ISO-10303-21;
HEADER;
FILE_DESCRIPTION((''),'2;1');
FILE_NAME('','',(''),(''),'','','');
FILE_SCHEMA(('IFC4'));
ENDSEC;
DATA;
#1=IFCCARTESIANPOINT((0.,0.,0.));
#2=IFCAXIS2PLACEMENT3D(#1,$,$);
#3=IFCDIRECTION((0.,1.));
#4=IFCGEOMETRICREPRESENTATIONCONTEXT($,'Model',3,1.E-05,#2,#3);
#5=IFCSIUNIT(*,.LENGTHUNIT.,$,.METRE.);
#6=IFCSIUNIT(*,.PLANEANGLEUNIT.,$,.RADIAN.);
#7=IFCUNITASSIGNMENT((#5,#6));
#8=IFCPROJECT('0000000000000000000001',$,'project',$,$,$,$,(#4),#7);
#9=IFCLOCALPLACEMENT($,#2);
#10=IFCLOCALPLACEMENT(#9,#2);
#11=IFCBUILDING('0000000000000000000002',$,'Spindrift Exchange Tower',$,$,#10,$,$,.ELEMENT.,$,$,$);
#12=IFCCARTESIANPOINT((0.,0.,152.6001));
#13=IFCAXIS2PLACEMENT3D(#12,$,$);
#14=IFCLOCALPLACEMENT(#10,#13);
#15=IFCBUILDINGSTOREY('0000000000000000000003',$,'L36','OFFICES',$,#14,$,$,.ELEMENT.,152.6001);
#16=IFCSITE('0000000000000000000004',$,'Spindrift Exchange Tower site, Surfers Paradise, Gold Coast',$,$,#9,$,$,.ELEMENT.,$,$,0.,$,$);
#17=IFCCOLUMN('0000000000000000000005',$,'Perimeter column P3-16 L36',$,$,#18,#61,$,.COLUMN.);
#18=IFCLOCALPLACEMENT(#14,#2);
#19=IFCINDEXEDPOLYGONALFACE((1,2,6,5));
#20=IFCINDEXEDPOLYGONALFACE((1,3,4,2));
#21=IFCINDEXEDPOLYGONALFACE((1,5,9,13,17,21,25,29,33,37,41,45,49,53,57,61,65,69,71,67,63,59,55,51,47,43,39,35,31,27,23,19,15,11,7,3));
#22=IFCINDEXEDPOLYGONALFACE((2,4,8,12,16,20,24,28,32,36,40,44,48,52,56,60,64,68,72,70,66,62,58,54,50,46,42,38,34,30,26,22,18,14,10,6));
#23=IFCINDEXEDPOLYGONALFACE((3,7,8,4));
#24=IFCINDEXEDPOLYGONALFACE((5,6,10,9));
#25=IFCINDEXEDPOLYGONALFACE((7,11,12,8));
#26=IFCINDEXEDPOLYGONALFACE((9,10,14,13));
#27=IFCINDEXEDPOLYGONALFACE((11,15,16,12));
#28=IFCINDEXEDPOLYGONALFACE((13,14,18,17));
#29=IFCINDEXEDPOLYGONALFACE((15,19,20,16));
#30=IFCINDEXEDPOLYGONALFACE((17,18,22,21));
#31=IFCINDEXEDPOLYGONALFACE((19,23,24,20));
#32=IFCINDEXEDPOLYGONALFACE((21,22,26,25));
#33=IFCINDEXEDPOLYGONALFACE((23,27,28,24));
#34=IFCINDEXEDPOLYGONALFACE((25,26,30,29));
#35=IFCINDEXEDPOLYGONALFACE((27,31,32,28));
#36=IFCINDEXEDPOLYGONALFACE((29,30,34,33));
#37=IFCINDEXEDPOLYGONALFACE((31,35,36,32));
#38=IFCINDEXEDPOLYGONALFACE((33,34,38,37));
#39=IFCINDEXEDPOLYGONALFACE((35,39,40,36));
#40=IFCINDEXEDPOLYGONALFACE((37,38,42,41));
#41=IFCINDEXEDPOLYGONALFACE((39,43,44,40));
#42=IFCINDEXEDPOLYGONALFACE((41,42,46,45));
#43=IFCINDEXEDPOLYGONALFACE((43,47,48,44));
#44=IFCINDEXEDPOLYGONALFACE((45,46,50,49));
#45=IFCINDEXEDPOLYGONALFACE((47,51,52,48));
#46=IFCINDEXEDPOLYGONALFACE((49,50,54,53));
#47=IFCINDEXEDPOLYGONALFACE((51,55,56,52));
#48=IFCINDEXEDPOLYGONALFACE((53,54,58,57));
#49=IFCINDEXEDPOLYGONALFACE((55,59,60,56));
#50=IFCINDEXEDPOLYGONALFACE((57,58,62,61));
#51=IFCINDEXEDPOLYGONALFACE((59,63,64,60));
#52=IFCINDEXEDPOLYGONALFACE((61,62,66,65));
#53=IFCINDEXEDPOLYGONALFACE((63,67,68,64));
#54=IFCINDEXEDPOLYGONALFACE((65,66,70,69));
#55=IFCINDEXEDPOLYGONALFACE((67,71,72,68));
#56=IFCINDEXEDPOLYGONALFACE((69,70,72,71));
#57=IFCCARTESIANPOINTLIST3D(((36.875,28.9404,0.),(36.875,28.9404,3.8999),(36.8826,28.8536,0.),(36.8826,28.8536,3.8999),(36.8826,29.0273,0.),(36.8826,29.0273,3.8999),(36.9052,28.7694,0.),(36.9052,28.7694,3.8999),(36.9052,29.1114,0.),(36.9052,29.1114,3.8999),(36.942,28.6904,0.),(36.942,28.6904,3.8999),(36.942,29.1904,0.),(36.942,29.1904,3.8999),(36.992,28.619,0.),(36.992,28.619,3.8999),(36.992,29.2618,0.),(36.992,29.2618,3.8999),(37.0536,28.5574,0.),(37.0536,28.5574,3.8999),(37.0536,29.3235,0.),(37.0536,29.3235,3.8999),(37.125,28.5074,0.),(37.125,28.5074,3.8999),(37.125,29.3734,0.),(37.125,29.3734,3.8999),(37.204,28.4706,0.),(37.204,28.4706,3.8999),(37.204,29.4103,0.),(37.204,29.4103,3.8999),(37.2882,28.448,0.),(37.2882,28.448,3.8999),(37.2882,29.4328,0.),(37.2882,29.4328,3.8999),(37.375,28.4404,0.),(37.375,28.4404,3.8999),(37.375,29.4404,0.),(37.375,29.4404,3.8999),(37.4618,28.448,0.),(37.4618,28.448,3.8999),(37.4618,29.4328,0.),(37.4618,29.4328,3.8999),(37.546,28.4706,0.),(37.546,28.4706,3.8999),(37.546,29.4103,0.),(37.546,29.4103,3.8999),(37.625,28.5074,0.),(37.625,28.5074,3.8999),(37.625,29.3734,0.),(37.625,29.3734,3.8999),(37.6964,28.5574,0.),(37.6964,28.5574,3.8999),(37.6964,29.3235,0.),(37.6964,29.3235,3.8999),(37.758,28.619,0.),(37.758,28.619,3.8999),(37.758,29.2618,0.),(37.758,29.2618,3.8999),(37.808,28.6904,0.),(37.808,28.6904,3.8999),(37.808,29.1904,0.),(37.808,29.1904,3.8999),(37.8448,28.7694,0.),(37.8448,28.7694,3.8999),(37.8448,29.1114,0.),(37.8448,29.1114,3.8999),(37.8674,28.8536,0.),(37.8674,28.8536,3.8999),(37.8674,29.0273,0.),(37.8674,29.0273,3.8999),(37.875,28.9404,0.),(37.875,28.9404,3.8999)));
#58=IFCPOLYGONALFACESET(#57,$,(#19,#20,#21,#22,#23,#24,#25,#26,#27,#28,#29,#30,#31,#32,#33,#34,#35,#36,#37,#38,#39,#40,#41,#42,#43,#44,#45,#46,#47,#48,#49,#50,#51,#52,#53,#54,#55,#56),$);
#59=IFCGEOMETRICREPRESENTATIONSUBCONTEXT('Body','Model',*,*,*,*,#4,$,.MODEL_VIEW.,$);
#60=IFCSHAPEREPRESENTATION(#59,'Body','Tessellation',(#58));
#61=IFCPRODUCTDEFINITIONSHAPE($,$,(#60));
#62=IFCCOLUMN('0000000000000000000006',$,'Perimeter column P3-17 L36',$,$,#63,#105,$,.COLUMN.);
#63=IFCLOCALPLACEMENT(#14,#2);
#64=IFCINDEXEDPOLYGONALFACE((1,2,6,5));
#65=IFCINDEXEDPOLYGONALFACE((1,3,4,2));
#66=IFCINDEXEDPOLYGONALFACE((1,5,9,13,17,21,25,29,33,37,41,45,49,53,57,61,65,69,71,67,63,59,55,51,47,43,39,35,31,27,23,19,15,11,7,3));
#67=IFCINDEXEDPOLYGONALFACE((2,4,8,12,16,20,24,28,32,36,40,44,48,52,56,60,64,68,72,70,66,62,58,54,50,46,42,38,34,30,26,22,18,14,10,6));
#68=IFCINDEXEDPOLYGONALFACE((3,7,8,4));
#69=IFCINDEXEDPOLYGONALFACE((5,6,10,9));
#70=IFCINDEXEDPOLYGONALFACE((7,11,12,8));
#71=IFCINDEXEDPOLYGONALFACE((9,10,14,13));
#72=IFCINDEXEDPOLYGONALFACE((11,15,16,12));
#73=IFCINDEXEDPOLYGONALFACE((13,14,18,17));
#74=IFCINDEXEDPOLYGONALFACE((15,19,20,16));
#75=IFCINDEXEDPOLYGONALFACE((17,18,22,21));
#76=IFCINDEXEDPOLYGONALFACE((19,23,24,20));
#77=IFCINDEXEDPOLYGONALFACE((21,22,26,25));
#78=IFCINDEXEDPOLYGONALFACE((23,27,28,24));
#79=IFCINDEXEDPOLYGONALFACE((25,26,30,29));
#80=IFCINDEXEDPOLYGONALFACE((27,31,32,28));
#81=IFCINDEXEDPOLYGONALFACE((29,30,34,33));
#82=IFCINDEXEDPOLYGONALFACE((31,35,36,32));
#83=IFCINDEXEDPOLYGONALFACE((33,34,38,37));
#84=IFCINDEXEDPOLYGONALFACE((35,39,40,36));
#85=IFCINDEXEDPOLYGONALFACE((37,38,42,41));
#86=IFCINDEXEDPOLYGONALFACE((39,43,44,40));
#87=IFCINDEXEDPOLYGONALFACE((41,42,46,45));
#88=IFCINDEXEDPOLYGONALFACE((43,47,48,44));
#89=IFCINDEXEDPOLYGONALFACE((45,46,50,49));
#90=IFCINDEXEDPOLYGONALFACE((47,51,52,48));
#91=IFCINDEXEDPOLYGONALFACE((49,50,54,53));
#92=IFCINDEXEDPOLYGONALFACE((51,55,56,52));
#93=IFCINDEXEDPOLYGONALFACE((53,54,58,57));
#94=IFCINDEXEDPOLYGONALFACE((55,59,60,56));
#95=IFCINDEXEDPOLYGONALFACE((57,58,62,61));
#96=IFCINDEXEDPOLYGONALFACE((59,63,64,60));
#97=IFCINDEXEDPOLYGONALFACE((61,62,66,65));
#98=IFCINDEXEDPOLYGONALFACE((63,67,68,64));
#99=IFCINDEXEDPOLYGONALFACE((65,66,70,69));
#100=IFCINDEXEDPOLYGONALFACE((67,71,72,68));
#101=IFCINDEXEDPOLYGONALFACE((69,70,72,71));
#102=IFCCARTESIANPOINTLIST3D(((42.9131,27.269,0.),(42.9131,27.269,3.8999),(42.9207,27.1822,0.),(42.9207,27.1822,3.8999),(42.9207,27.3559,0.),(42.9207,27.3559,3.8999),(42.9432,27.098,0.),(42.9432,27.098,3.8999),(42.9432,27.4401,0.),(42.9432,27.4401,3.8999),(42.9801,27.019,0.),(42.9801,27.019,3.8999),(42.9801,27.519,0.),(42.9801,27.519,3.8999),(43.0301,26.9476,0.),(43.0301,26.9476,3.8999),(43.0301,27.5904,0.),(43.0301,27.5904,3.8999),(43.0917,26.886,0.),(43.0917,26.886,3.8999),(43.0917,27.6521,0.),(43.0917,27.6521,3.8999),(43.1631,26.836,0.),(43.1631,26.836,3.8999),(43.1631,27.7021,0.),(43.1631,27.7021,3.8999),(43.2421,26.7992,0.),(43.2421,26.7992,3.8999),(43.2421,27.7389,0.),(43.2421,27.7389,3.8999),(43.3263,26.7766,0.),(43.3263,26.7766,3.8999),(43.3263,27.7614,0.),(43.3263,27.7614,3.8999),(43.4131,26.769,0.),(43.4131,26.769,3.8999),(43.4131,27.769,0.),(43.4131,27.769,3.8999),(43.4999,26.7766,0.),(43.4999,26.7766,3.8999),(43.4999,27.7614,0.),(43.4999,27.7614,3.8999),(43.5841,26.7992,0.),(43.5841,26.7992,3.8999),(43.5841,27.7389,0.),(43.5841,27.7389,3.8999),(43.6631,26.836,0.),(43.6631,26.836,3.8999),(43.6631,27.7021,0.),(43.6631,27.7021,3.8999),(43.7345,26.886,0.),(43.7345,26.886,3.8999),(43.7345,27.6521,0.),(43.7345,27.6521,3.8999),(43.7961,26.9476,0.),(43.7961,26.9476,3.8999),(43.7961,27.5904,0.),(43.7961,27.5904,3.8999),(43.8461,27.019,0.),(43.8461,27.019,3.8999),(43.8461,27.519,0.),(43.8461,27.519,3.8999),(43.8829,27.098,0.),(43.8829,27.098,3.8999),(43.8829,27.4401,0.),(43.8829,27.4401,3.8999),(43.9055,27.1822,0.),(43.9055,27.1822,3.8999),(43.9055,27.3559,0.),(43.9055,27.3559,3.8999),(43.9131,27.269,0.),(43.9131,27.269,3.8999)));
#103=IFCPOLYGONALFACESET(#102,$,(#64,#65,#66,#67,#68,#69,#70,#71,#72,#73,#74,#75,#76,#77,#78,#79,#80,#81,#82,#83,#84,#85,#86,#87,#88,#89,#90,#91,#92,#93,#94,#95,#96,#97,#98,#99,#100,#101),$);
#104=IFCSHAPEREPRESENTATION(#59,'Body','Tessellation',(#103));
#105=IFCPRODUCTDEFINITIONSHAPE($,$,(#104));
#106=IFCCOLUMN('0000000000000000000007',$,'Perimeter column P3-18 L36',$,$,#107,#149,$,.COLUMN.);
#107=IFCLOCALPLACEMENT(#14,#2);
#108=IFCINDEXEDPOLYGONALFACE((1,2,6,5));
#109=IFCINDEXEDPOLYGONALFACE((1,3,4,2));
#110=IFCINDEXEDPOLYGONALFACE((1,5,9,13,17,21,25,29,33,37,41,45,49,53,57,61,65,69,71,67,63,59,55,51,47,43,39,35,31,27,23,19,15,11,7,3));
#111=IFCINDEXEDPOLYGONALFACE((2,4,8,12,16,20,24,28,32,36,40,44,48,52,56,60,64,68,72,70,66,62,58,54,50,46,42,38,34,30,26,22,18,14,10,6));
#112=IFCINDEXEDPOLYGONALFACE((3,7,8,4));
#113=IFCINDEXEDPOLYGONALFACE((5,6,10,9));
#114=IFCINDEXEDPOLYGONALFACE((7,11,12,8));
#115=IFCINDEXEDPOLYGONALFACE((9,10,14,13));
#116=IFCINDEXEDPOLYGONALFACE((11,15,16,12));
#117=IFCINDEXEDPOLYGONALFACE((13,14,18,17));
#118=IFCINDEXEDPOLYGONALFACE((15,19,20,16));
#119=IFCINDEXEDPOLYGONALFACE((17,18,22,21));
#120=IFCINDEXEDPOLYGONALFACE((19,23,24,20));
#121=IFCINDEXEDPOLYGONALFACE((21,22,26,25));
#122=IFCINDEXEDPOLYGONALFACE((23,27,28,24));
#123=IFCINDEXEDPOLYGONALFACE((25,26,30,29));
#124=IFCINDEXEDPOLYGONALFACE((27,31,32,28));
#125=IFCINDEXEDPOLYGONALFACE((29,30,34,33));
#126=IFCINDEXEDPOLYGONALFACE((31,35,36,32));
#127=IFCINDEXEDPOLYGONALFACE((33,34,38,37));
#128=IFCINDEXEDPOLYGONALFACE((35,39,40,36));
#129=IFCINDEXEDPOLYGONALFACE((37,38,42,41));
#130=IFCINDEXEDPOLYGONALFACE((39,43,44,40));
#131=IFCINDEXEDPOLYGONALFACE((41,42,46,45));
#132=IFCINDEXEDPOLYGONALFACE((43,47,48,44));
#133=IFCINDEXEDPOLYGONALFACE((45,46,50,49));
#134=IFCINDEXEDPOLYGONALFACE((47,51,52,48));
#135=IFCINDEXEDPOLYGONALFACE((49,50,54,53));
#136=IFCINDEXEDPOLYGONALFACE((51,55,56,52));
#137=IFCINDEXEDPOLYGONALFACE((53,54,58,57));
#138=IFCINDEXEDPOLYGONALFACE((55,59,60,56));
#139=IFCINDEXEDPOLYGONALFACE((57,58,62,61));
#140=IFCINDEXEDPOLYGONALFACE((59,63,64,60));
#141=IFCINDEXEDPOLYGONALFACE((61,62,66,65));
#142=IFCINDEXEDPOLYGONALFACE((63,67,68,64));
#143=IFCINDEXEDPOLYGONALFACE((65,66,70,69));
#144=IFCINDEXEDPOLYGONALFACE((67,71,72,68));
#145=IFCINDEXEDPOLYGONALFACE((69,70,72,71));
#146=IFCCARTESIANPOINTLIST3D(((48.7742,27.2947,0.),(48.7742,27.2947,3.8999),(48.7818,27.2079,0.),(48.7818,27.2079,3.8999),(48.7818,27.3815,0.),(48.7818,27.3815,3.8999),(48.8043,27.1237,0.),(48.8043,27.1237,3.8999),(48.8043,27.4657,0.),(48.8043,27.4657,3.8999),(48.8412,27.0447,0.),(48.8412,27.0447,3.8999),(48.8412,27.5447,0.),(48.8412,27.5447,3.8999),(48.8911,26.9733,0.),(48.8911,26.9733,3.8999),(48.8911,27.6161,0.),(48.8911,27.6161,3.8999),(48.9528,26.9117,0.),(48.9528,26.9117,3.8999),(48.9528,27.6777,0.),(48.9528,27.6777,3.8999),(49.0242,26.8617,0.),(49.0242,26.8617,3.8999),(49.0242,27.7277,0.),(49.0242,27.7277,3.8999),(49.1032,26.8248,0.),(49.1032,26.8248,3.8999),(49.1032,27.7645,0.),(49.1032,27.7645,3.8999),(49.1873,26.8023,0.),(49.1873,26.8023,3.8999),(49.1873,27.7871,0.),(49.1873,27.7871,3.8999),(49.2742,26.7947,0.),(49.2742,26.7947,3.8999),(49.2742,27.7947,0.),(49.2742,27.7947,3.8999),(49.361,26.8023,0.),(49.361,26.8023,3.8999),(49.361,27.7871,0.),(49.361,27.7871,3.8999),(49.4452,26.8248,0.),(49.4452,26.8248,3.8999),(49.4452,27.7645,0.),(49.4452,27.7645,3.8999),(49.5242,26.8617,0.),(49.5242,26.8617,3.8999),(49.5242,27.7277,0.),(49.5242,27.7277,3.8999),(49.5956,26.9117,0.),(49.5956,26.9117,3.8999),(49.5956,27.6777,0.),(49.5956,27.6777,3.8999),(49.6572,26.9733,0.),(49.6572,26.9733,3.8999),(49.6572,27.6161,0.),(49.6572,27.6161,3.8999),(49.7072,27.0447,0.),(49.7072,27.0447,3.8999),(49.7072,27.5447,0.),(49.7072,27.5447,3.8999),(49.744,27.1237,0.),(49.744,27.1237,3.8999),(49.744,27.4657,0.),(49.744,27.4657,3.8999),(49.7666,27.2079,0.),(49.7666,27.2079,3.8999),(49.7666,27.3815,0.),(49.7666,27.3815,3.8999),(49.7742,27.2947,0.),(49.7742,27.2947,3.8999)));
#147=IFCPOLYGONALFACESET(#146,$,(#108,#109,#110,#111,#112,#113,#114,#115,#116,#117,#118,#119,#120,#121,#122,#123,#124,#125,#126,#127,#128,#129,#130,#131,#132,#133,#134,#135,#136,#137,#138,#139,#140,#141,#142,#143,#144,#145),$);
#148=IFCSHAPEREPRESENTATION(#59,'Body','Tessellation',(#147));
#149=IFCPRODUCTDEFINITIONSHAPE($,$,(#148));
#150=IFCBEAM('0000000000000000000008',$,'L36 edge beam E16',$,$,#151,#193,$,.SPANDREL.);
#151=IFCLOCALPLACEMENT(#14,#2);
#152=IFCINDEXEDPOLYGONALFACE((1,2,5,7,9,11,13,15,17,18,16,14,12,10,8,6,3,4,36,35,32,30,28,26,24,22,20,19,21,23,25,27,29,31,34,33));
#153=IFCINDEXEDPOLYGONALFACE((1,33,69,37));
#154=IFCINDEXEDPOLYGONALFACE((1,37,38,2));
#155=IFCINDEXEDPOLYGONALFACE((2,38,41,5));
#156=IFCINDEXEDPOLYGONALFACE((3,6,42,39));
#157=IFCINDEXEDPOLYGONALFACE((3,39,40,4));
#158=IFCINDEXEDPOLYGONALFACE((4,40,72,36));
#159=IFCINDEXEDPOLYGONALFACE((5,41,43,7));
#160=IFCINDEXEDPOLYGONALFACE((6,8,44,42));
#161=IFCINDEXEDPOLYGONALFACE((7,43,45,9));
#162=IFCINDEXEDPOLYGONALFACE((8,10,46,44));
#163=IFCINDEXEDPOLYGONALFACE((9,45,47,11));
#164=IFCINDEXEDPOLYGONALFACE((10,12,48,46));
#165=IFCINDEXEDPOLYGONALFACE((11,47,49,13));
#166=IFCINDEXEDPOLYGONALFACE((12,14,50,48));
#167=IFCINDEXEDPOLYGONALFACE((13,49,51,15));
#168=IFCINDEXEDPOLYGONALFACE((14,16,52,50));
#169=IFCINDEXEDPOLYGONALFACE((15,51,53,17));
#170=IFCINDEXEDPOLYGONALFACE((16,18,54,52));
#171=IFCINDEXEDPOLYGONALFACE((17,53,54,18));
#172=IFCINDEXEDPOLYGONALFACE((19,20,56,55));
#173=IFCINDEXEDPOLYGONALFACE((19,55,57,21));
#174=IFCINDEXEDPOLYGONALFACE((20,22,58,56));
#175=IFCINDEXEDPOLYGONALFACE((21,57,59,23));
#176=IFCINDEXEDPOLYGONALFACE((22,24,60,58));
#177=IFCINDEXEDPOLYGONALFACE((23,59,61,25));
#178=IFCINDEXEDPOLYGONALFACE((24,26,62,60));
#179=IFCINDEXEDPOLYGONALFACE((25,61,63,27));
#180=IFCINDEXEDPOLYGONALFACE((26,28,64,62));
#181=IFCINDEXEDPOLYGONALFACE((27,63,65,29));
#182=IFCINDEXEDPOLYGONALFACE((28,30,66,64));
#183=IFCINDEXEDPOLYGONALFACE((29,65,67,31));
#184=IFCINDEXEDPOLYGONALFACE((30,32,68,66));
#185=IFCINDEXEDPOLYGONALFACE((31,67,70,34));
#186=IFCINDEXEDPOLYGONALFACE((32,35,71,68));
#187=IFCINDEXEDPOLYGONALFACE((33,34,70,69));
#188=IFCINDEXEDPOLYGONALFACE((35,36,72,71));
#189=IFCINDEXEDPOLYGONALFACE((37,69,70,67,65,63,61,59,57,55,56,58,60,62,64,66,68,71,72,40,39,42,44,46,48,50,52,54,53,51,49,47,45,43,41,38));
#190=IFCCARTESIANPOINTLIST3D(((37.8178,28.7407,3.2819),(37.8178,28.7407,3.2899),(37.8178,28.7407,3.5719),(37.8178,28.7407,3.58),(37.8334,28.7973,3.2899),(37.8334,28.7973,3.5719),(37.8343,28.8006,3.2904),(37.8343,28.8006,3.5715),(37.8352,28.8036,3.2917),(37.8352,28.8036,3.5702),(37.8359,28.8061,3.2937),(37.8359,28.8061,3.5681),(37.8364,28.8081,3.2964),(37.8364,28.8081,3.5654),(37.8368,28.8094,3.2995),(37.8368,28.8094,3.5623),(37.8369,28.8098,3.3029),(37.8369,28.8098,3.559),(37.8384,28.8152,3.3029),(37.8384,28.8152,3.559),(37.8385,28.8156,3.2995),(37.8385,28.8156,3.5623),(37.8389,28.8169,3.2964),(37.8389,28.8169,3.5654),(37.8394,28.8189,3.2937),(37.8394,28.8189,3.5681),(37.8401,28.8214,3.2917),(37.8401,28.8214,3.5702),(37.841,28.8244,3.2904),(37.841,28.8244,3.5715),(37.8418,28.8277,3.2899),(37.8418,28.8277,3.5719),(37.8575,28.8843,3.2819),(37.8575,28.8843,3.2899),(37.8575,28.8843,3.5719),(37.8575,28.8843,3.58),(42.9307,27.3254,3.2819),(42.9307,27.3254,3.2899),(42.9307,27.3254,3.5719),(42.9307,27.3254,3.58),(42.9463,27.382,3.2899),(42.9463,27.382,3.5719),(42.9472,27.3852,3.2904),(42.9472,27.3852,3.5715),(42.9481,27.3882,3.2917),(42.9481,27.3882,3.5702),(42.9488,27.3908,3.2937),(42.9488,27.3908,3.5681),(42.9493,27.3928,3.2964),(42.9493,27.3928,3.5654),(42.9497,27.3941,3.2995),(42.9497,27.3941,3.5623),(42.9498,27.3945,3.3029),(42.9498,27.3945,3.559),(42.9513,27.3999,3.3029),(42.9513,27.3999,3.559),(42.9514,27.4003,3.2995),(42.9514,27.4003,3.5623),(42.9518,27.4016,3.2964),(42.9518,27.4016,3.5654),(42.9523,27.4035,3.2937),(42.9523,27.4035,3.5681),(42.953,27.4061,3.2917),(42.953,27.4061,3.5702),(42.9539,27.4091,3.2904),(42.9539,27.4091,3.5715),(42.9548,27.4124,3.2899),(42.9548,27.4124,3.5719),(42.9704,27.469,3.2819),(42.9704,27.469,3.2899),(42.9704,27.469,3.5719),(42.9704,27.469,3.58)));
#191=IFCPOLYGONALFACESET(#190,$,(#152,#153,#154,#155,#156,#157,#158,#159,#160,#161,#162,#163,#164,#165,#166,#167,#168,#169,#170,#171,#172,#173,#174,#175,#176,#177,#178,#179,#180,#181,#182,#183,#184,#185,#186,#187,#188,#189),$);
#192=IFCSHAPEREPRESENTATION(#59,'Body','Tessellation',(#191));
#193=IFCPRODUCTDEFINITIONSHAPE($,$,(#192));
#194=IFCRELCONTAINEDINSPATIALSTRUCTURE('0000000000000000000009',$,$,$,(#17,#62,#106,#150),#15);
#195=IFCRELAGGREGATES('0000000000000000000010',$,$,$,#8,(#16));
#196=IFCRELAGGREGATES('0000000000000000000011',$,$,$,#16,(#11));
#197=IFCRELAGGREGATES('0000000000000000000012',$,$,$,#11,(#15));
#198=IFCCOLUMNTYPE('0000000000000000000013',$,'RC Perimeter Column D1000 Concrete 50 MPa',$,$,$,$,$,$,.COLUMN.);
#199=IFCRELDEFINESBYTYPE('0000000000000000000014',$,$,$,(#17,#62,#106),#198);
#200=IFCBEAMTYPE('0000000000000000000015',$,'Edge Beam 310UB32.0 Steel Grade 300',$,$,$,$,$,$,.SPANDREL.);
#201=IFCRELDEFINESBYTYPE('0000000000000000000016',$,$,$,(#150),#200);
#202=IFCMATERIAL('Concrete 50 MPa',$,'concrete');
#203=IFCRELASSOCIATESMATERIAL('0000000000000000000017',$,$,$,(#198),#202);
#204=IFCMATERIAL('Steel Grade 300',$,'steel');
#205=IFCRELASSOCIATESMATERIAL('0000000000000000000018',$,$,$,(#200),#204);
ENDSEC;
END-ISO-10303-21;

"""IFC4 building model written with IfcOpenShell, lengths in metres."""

from ifc_helpers import new_model, si_unit, direction, frame, origin, origin_2d, place, context, subcontext, project, spatial, circle, i_section, extrude, source, transform, mapped, material, material_profile, profile_set, type_object, element, save


model = new_model("IFC4")

# Units and contexts
model_context = context("Model", 3, precision=1e-05, world=origin(), true_north=direction((0.0, 1.0)))
body_context = subcontext(model_context, "Body", "Model", "MODEL_VIEW")
ifc_project = project(units=[si_unit("LENGTHUNIT", "METRE"), si_unit("PLANEANGLEUNIT", "RADIAN")], contexts=[model_context])

# Site, building, storey
site_placement = place(None, origin())
site = spatial("IfcSite", under=ifc_project, at=site_placement, Name="Spindrift Exchange Tower site, Surfers Paradise, Gold Coast", CompositionType="ELEMENT", RefElevation=0.0)
building_placement = place(site_placement, origin())
building = spatial("IfcBuilding", under=site, at=building_placement, Name="Spindrift Exchange Tower", CompositionType="ELEMENT")
storey_placement = place(building_placement, frame((0.0, 0.0, 152.6001)))
storey = spatial("IfcBuildingStorey", under=building, at=storey_placement, Name="L36", Description="OFFICES", CompositionType="ELEMENT", Elevation=152.6001)

# Columns
ifc_material_1 = material(Name="Concrete 50 MPa", Category="concrete")
ifc_material_profile_1 = material_profile(ifc_material_1, circle(Radius=0.5, at=origin_2d()), Name="RC D1000")
ifc_profile_set_1 = profile_set([ifc_material_profile_1], Name="Concrete 50 MPa")
column_type = type_object("IfcColumnType", Name="RC Perimeter Column D1000 Concrete 50 MPa", PredefinedType="COLUMN", material=ifc_profile_set_1)
shared_shape_1 = source(origin(), body_context, "Body", "SweptSolid", [
    extrude(circle(Radius=0.5, at=origin_2d()), origin(), (0.0, 0.0, 1.0), 3.8999),
])
for number, where, z_axis, x_axis, name in (
    (1, (37.375, 28.9404, 0.0), (0.0, 0.0, 1.0), (1.0, 0.0, 0.0), "Perimeter column P3-16 L36"),
    (2, (43.4131, 27.269, 0.0), (0.0, 0.0, 1.0), (1.0, 0.0, 0.0), "Perimeter column P3-17 L36"),
    (3, (49.2742, 27.2947, 0.0), (0.0, 0.0, 1.0), (1.0, 0.0, 0.0), "Perimeter column P3-18 L36"),
):
    element("IfcColumn", number, at=place(storey_placement, frame(where, z_axis=z_axis, x_axis=x_axis)), inside=storey, type_object=column_type, Name=name, PredefinedType="COLUMN", context=body_context, shape_type="MappedRepresentation", body=[
        mapped(shared_shape_1, transform((0.0, 0.0, 0.0), scale=1.0)),
    ])

# Beam
ifc_material_2 = material(Name="Steel Grade 300", Category="steel")
ifc_material_profile_2 = material_profile(ifc_material_2, i_section(OverallWidth=0.1489, OverallDepth=0.2981, WebThickness=0.0056, FlangeThickness=0.0081, FilletRadius=0.0129, at=origin_2d()), Name="310UB32.0")
ifc_profile_set_2 = profile_set([ifc_material_profile_2], Name="Steel Grade 300")
beam_type_1 = type_object("IfcBeamType", Name="Edge Beam 310UB32.0 Steel Grade 300", PredefinedType="SPANDREL", material=ifc_profile_set_2)
shared_shape_2 = source(origin(), body_context, "Body", "SweptSolid", [
    extrude(i_section(OverallWidth=0.1489, OverallDepth=0.2981, WebThickness=0.0056, FlangeThickness=0.0081, FilletRadius=0.0129, at=origin_2d()), origin(), (0.0, 0.0, 1.0), 5.3052),
])
beam_1_placement = place(storey_placement, frame((37.8376, 28.8125, 3.4309), z_axis=(0.963758, -0.26678, 0.0), x_axis=(0.26678, 0.963758, 0.0)))
element("IfcBeam", 4, at=beam_1_placement, inside=storey, type_object=beam_type_1, Name="L36 edge beam E16", PredefinedType="SPANDREL", context=body_context, shape_type="MappedRepresentation", body=[
    mapped(shared_shape_2, transform((0.0, 0.0, 0.0), scale=1.0)),
])

save(model, "model.ifc")
